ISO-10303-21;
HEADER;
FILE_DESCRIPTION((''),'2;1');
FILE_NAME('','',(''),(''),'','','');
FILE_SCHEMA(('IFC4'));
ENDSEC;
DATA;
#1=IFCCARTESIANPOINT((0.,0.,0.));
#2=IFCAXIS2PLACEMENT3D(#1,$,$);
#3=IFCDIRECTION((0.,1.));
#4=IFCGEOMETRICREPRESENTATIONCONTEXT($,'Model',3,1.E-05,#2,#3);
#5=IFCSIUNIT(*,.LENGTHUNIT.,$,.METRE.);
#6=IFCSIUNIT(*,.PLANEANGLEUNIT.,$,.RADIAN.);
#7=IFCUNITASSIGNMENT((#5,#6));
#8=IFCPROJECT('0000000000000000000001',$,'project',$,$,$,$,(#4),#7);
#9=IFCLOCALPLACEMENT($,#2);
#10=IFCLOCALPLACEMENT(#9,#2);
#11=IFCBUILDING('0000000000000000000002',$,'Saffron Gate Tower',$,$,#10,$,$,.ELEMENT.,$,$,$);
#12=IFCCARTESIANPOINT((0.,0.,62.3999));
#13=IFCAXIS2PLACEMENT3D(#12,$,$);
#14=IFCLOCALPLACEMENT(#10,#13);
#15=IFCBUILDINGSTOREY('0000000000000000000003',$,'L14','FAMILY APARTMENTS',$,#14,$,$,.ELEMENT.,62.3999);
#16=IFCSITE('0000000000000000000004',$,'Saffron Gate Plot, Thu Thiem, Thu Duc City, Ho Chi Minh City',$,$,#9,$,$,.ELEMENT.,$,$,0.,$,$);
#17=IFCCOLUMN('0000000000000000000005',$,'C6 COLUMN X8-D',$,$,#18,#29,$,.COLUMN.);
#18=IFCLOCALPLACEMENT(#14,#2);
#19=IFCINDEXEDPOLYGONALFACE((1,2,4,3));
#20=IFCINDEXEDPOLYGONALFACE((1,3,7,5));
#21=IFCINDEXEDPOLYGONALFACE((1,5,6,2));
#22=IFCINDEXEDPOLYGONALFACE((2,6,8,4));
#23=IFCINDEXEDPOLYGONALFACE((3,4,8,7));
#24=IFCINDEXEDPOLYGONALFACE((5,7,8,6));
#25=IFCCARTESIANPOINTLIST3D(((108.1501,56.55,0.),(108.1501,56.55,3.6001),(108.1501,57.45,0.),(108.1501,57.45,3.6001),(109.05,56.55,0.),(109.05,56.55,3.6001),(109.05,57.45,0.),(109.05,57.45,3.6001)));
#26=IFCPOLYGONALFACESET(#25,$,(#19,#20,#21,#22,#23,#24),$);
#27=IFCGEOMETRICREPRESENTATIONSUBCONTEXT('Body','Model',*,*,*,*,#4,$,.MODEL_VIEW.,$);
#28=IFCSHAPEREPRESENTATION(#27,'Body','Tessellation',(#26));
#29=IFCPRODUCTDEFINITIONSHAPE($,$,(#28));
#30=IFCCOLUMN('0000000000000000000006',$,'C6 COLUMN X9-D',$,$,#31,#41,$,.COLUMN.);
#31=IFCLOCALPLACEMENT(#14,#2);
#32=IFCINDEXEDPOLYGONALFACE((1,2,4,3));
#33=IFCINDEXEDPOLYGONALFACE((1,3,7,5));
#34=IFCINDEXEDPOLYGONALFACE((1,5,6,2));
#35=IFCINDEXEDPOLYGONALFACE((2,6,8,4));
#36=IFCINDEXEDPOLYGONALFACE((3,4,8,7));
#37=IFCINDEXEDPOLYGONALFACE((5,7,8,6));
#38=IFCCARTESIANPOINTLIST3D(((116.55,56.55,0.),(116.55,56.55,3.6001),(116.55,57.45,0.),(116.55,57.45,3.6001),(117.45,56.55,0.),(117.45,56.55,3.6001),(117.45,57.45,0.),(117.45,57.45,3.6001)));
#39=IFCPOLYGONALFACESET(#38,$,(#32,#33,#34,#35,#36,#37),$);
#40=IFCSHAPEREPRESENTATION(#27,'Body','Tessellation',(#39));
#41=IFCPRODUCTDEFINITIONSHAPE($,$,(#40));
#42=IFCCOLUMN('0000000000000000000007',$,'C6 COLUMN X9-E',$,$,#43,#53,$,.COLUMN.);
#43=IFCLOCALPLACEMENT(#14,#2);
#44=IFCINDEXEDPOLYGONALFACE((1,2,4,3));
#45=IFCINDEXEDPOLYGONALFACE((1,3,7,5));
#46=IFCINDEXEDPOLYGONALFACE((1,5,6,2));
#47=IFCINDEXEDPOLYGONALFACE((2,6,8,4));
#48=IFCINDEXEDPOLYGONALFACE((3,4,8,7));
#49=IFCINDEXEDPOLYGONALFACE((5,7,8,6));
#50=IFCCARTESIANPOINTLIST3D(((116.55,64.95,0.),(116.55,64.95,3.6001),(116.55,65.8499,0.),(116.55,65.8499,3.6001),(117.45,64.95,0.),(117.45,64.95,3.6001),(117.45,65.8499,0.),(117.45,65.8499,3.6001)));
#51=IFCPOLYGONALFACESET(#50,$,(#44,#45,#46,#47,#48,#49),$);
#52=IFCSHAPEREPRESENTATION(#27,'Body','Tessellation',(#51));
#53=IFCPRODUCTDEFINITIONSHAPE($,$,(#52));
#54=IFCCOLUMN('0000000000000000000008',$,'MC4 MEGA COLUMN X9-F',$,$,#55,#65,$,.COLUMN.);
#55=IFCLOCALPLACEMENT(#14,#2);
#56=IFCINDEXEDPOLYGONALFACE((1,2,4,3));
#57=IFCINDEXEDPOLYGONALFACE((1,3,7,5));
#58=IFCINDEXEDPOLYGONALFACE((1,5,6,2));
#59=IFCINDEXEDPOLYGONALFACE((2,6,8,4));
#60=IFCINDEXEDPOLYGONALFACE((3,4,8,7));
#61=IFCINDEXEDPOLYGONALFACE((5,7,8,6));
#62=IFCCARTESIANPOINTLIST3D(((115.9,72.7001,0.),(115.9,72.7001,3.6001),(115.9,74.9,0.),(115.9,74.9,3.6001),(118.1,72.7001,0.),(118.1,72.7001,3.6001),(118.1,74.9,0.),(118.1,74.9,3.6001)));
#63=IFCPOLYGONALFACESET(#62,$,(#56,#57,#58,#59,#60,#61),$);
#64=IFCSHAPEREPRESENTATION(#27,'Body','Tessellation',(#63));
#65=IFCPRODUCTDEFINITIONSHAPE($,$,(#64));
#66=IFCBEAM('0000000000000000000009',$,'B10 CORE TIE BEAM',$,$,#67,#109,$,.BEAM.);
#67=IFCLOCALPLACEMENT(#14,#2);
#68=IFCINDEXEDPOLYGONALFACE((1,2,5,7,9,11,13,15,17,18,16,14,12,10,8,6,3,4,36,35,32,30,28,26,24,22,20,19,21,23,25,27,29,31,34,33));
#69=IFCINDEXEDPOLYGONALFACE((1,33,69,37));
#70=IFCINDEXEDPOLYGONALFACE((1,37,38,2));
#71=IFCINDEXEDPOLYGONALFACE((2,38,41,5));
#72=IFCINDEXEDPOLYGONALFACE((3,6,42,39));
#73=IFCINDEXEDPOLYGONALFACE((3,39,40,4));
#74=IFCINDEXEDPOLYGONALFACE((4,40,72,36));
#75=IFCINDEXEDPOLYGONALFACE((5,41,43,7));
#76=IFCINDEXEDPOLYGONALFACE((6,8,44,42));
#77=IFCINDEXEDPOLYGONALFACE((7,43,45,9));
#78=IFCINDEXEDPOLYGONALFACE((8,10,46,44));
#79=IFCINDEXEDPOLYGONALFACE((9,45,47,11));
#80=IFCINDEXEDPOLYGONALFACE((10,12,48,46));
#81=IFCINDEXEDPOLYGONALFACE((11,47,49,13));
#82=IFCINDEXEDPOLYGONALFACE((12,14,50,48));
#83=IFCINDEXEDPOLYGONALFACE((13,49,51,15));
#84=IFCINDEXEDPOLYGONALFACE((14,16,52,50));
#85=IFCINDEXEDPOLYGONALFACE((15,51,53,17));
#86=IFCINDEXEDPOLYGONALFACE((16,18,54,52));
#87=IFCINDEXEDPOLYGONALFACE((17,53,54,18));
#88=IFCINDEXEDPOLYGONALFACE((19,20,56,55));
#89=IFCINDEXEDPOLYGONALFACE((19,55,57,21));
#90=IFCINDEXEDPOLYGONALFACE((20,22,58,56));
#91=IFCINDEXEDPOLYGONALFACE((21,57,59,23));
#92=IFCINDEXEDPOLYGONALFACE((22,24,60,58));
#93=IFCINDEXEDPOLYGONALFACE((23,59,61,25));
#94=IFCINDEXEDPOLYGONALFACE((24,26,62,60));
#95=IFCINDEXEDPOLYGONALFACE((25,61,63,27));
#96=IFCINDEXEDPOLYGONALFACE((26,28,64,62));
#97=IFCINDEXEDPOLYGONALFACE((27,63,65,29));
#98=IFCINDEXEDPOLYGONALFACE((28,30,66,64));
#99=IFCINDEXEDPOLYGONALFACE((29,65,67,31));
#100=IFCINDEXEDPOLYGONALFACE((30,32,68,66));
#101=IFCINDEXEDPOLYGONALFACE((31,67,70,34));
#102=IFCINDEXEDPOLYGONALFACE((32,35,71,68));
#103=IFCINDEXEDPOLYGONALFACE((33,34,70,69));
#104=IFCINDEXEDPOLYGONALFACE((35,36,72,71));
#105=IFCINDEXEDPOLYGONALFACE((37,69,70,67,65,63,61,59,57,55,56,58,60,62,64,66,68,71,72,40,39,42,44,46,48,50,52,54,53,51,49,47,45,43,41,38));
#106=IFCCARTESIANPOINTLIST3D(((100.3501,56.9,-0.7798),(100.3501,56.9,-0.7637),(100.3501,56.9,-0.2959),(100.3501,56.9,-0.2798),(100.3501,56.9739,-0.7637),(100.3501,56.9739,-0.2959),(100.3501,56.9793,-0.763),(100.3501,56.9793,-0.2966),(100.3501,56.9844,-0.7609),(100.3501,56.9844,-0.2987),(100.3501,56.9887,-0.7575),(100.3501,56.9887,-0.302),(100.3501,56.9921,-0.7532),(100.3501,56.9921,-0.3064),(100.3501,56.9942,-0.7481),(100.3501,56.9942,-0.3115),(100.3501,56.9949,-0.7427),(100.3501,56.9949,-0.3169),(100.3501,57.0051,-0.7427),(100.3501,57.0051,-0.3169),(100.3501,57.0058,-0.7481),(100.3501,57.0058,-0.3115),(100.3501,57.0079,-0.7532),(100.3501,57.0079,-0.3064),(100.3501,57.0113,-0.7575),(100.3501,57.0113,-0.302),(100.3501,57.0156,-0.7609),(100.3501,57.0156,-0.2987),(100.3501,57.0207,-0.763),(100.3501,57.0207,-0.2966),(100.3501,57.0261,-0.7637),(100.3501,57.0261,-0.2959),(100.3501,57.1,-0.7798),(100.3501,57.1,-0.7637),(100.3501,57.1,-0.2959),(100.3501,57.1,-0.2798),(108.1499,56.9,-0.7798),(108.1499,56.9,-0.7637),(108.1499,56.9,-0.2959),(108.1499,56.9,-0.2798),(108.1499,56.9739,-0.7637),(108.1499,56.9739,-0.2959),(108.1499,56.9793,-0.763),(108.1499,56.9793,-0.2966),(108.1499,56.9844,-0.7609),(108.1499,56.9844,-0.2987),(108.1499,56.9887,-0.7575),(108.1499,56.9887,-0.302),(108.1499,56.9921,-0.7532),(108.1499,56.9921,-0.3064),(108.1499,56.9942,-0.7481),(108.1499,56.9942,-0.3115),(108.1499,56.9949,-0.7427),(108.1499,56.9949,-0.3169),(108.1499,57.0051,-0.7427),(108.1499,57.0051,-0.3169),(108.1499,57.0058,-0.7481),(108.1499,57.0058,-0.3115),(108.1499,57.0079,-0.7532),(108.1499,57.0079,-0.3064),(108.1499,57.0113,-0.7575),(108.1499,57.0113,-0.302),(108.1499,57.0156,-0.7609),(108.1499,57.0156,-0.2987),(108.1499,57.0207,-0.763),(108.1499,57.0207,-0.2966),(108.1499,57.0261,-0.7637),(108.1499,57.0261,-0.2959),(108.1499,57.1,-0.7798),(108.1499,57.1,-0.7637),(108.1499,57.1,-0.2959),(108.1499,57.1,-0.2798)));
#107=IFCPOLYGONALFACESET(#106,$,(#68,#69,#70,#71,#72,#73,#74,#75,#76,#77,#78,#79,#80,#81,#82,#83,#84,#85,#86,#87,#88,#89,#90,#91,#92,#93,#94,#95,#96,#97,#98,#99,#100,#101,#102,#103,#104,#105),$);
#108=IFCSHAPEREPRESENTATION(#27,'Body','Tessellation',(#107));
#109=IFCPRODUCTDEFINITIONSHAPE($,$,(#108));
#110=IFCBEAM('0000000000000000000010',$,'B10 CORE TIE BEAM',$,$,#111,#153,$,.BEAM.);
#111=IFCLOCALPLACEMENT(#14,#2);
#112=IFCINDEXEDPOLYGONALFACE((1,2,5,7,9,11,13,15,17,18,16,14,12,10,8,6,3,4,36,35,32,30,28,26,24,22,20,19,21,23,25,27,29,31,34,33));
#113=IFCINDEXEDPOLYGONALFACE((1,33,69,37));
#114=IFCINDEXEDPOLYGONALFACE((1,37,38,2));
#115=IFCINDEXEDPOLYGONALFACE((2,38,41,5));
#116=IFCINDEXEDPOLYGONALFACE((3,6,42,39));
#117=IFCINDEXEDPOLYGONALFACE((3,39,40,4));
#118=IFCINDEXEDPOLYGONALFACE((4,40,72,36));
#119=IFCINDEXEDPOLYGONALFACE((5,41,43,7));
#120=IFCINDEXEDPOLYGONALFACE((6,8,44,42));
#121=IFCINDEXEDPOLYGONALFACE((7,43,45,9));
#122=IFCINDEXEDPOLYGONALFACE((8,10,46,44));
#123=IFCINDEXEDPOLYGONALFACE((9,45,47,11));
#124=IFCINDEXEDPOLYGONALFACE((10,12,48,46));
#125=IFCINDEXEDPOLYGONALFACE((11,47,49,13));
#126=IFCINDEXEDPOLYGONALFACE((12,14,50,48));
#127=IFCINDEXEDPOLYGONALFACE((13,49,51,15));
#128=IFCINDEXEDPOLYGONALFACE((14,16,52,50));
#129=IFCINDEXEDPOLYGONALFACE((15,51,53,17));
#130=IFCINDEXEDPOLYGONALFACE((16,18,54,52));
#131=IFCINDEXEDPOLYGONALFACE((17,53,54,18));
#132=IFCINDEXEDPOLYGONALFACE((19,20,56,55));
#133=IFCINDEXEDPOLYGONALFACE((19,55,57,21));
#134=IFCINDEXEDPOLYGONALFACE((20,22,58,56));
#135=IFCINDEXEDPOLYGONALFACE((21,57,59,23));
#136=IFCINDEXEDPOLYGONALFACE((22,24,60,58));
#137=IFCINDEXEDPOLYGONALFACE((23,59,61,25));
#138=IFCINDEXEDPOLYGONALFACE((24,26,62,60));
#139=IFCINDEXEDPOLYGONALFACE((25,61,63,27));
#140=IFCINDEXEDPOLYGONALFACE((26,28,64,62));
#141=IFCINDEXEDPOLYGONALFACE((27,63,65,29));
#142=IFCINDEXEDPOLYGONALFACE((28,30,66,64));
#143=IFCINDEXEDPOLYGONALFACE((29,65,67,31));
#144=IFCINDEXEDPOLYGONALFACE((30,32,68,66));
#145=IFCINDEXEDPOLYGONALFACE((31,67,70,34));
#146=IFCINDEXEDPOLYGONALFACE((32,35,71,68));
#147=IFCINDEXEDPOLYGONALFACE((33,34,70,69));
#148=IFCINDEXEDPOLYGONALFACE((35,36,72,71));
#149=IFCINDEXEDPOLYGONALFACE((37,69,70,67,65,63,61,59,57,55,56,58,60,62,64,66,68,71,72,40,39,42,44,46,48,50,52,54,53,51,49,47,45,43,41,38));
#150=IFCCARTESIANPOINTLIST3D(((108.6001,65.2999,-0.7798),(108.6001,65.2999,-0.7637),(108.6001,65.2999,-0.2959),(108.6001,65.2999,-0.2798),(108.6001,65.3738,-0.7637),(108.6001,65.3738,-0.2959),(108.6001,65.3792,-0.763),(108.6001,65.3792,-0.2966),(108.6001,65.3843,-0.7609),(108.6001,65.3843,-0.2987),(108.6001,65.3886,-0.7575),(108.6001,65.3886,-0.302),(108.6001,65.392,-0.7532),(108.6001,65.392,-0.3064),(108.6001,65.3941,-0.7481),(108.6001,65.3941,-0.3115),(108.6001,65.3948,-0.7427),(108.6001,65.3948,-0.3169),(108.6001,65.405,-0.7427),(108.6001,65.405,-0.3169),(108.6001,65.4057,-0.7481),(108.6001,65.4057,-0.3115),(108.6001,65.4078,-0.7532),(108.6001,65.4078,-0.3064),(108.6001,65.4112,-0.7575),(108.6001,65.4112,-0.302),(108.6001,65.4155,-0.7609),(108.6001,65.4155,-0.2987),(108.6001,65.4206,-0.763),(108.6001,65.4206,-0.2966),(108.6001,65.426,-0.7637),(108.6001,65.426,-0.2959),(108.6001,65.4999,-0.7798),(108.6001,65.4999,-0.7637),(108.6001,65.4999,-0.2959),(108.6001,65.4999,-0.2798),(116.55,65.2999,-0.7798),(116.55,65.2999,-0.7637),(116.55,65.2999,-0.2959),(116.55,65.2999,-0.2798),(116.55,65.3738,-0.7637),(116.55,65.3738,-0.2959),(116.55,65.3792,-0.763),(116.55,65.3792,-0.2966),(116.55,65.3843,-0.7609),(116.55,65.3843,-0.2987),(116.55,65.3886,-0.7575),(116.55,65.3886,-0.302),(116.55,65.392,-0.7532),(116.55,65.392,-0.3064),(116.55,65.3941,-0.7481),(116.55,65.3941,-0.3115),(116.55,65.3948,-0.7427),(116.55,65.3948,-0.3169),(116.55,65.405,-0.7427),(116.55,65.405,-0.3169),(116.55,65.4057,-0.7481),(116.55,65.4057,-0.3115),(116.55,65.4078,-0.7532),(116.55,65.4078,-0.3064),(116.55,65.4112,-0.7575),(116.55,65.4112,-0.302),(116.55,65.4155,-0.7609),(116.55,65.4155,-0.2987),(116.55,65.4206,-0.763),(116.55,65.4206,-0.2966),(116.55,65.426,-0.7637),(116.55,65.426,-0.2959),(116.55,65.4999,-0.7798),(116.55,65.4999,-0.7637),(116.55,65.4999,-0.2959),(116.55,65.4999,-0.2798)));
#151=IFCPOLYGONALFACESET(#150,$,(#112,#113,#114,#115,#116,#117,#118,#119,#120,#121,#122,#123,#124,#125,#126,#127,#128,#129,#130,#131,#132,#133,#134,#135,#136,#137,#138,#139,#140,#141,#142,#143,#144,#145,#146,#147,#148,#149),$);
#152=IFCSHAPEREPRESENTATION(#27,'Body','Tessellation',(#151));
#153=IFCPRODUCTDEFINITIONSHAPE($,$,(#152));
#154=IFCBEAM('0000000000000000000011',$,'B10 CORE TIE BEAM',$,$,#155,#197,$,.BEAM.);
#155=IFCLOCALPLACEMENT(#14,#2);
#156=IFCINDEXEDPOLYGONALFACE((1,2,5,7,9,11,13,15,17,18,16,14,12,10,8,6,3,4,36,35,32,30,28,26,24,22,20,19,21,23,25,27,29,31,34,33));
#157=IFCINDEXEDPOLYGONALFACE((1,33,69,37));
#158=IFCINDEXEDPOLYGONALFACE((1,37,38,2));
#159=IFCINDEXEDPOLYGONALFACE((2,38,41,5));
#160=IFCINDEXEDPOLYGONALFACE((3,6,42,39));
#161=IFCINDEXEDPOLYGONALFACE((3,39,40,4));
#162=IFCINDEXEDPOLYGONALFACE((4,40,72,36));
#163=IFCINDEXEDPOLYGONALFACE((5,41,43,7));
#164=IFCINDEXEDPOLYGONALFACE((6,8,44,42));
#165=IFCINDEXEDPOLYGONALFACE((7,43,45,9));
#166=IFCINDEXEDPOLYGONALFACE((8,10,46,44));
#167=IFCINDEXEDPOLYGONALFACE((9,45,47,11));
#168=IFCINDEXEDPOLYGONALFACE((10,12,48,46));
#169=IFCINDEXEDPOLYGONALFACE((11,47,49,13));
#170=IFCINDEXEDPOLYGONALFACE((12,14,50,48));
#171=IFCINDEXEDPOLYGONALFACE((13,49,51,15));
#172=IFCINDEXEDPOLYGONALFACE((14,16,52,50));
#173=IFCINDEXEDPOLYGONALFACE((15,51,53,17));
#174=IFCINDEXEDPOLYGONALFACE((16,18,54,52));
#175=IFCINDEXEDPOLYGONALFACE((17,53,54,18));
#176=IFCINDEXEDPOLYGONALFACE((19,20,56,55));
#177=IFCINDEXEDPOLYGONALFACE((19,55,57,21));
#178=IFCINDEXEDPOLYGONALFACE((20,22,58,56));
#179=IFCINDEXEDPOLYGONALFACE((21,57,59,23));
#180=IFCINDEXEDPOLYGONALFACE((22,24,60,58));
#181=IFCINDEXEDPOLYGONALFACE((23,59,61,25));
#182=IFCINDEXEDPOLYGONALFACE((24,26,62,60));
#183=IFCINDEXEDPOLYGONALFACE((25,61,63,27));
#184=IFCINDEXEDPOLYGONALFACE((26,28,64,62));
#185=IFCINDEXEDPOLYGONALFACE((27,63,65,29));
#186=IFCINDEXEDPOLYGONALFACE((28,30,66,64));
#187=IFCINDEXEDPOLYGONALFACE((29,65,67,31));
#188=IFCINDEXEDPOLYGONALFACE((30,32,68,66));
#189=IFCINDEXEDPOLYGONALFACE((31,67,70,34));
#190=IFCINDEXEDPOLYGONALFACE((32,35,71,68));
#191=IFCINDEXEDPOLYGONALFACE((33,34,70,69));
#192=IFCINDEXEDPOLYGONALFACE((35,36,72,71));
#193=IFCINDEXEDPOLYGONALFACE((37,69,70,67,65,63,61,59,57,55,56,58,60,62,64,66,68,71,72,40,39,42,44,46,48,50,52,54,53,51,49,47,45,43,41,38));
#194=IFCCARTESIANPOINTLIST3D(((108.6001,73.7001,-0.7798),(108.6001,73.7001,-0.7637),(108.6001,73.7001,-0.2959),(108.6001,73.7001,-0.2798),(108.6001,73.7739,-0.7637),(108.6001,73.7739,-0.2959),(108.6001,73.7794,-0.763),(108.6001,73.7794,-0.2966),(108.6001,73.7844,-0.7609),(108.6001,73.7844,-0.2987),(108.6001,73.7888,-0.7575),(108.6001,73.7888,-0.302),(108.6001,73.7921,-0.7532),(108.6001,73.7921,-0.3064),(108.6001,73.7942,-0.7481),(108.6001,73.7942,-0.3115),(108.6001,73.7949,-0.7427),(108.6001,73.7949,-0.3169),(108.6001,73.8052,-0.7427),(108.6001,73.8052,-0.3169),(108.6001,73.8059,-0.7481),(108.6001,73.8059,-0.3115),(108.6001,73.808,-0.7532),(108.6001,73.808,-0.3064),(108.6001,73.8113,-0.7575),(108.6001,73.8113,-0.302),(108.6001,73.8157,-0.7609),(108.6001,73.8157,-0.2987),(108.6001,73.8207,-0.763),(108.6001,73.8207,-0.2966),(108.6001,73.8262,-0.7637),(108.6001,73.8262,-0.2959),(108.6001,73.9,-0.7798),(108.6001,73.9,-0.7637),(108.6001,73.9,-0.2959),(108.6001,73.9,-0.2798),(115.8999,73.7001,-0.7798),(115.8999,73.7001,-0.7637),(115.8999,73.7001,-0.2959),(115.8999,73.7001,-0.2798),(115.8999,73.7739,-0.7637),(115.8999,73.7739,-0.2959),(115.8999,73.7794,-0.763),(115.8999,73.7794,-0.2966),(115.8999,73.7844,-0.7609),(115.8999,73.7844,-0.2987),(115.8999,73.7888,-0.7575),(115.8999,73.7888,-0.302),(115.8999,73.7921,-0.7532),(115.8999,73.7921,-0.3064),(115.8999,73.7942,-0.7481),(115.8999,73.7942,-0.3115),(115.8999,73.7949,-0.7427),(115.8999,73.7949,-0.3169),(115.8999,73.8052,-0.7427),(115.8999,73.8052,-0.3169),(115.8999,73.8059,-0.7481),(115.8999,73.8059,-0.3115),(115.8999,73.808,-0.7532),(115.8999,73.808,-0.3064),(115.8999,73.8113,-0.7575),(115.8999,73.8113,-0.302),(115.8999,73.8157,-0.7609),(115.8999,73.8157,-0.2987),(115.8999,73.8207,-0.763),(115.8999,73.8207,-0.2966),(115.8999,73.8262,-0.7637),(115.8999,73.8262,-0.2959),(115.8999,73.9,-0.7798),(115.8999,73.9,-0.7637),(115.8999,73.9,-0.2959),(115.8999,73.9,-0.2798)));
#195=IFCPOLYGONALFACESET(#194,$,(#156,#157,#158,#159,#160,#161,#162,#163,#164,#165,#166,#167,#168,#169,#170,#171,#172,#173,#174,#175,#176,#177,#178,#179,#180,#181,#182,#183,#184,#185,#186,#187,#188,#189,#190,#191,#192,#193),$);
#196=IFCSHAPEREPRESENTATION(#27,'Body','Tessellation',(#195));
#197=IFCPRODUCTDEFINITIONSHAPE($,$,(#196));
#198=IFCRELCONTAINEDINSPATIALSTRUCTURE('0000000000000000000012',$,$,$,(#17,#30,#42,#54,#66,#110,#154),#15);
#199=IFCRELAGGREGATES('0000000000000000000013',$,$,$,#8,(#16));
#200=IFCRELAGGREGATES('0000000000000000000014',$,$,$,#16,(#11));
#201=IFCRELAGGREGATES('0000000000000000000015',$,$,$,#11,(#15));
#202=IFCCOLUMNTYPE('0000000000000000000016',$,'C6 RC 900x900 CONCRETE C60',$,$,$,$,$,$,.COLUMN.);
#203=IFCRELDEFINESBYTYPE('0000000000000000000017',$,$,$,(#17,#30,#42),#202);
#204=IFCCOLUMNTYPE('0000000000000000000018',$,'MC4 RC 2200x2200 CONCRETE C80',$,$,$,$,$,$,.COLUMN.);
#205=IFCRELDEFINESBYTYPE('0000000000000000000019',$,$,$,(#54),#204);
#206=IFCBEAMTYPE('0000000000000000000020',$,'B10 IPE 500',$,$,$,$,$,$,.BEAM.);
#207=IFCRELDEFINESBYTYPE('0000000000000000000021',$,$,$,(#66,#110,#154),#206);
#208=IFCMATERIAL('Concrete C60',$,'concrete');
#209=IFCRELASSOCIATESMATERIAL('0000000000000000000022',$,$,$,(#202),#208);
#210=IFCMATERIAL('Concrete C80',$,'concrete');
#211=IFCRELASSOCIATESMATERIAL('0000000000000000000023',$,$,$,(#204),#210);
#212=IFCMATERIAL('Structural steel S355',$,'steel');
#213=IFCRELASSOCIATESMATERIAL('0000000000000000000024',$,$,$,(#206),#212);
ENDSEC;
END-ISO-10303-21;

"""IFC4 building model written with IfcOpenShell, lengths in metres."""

from ifc_helpers import new_model, si_unit, direction, frame, origin, origin_2d, place, context, subcontext, project, spatial, rectangle, i_section, extrude, material, material_profile, profile_set, type_object, element, save


model = new_model("IFC4")

# Units and contexts
model_context = context("Model", 3, precision=1e-05, world=origin(), true_north=direction((0.0, 1.0)))
body_context = subcontext(model_context, "Body", "Model", "MODEL_VIEW")
ifc_project = project(units=[si_unit("LENGTHUNIT", "METRE"), si_unit("PLANEANGLEUNIT", "RADIAN")], contexts=[model_context])

# Site, building, storey
site_placement = place(None, origin())
site = spatial("IfcSite", under=ifc_project, at=site_placement, Name="Saffron Gate Plot, Thu Thiem, Thu Duc City, Ho Chi Minh City", CompositionType="ELEMENT", RefElevation=0.0)
building_placement = place(site_placement, origin())
building = spatial("IfcBuilding", under=site, at=building_placement, Name="Saffron Gate Tower", CompositionType="ELEMENT")
storey_placement = place(building_placement, frame((0.0, 0.0, 62.3999)))
storey = spatial("IfcBuildingStorey", under=building, at=storey_placement, Name="L14", Description="FAMILY APARTMENTS", CompositionType="ELEMENT", Elevation=62.3999)

# Columns
ifc_material_1 = material(Name="Concrete C60", Category="concrete")
ifc_material_profile_1 = material_profile(ifc_material_1, rectangle(XDim=0.8999, YDim=0.8999, at=origin_2d()))
ifc_profile_set_1 = profile_set([ifc_material_profile_1], Name="Concrete C60")
column_type_1 = type_object("IfcColumnType", Name="C6 RC 900x900 CONCRETE C60", PredefinedType="COLUMN", material=ifc_profile_set_1)
for number, where, z_axis, x_axis, name in (
    (1, (108.6001, 57.0, 0.0), (0.0, 0.0, 1.0), (1.0, 0.0, 0.0), "C6 COLUMN X8-D"),
    (2, (117.0, 57.0, 0.0), (0.0, 0.0, 1.0), (1.0, 0.0, 0.0), "C6 COLUMN X9-D"),
    (3, (117.0, 65.3999, 0.0), (0.0, 0.0, 1.0), (1.0, 0.0, 0.0), "C6 COLUMN X9-E"),
):
    element("IfcColumn", number, at=place(storey_placement, frame(where, z_axis=z_axis, x_axis=x_axis)), inside=storey, type_object=column_type_1, Name=name, PredefinedType="COLUMN", context=body_context, shape_type="SweptSolid", body=[
        extrude(rectangle(XDim=0.8999, YDim=0.8999, at=origin_2d()), origin(), (0.0, 0.0, 1.0), 3.6001),
    ])
ifc_material_2 = material(Name="Concrete C80", Category="concrete")
ifc_material_profile_2 = material_profile(ifc_material_2, rectangle(XDim=2.2, YDim=2.2, at=origin_2d()))
ifc_profile_set_2 = profile_set([ifc_material_profile_2], Name="Concrete C80")
column_type_2 = type_object("IfcColumnType", Name="MC4 RC 2200x2200 CONCRETE C80", PredefinedType="COLUMN", material=ifc_profile_set_2)
column_placement = place(storey_placement, frame((117.0, 73.8, 0.0), z_axis=(0.0, 0.0, 1.0), x_axis=(1.0, 0.0, 0.0)))
element("IfcColumn", 4, at=column_placement, inside=storey, type_object=column_type_2, Name="MC4 MEGA COLUMN X9-F", PredefinedType="COLUMN", context=body_context, shape_type="SweptSolid", body=[
    extrude(rectangle(XDim=2.2, YDim=2.2, at=origin_2d()), origin(), (0.0, 0.0, 1.0), 3.6001),
])

# Beams
ifc_material_3 = material(Name="Structural steel S355", Category="steel")
ifc_material_profile_3 = material_profile(ifc_material_3, i_section(OverallWidth=0.2, OverallDepth=0.5, WebThickness=0.0103, FlangeThickness=0.0161, FilletRadius=0.021, at=origin_2d()))
ifc_profile_set_3 = profile_set([ifc_material_profile_3], Name="Structural steel S355")
beam_type = type_object("IfcBeamType", Name="B10 IPE 500", PredefinedType="BEAM", material=ifc_profile_set_3)
beam_1_placement = place(storey_placement, frame((108.1499, 57.0, -0.5298), z_axis=(-1.0, 0.0, 0.0), x_axis=(0.0, -1.0, 0.0)))
element("IfcBeam", 5, at=beam_1_placement, inside=storey, type_object=beam_type, Name="B10 CORE TIE BEAM", PredefinedType="BEAM", context=body_context, shape_type="SweptSolid", body=[
    extrude(i_section(OverallWidth=0.2, OverallDepth=0.5, WebThickness=0.0103, FlangeThickness=0.0161, FilletRadius=0.021, at=origin_2d()), origin(), (0.0, 0.0, 1.0), 7.7998),
])
beam_2_placement = place(storey_placement, frame((116.55, 65.3999, -0.5298), z_axis=(-1.0, 0.0, 0.0), x_axis=(0.0, -1.0, 0.0)))
element("IfcBeam", 6, at=beam_2_placement, inside=storey, type_object=beam_type, Name="B10 CORE TIE BEAM", PredefinedType="BEAM", context=body_context, shape_type="SweptSolid", body=[
    extrude(i_section(OverallWidth=0.2, OverallDepth=0.5, WebThickness=0.0103, FlangeThickness=0.0161, FilletRadius=0.021, at=origin_2d()), origin(), (0.0, 0.0, 1.0), 7.95),
])
beam_3_placement = place(storey_placement, frame((115.8999, 73.8, -0.5298), z_axis=(-1.0, 0.0, 0.0), x_axis=(0.0, -1.0, 0.0)))
element("IfcBeam", 7, at=beam_3_placement, inside=storey, type_object=beam_type, Name="B10 CORE TIE BEAM", PredefinedType="BEAM", context=body_context, shape_type="SweptSolid", body=[
    extrude(i_section(OverallWidth=0.2, OverallDepth=0.5, WebThickness=0.0103, FlangeThickness=0.0161, FilletRadius=0.021, at=origin_2d()), origin(), (0.0, 0.0, 1.0), 7.2998),
])

save(model, "model.ifc")
